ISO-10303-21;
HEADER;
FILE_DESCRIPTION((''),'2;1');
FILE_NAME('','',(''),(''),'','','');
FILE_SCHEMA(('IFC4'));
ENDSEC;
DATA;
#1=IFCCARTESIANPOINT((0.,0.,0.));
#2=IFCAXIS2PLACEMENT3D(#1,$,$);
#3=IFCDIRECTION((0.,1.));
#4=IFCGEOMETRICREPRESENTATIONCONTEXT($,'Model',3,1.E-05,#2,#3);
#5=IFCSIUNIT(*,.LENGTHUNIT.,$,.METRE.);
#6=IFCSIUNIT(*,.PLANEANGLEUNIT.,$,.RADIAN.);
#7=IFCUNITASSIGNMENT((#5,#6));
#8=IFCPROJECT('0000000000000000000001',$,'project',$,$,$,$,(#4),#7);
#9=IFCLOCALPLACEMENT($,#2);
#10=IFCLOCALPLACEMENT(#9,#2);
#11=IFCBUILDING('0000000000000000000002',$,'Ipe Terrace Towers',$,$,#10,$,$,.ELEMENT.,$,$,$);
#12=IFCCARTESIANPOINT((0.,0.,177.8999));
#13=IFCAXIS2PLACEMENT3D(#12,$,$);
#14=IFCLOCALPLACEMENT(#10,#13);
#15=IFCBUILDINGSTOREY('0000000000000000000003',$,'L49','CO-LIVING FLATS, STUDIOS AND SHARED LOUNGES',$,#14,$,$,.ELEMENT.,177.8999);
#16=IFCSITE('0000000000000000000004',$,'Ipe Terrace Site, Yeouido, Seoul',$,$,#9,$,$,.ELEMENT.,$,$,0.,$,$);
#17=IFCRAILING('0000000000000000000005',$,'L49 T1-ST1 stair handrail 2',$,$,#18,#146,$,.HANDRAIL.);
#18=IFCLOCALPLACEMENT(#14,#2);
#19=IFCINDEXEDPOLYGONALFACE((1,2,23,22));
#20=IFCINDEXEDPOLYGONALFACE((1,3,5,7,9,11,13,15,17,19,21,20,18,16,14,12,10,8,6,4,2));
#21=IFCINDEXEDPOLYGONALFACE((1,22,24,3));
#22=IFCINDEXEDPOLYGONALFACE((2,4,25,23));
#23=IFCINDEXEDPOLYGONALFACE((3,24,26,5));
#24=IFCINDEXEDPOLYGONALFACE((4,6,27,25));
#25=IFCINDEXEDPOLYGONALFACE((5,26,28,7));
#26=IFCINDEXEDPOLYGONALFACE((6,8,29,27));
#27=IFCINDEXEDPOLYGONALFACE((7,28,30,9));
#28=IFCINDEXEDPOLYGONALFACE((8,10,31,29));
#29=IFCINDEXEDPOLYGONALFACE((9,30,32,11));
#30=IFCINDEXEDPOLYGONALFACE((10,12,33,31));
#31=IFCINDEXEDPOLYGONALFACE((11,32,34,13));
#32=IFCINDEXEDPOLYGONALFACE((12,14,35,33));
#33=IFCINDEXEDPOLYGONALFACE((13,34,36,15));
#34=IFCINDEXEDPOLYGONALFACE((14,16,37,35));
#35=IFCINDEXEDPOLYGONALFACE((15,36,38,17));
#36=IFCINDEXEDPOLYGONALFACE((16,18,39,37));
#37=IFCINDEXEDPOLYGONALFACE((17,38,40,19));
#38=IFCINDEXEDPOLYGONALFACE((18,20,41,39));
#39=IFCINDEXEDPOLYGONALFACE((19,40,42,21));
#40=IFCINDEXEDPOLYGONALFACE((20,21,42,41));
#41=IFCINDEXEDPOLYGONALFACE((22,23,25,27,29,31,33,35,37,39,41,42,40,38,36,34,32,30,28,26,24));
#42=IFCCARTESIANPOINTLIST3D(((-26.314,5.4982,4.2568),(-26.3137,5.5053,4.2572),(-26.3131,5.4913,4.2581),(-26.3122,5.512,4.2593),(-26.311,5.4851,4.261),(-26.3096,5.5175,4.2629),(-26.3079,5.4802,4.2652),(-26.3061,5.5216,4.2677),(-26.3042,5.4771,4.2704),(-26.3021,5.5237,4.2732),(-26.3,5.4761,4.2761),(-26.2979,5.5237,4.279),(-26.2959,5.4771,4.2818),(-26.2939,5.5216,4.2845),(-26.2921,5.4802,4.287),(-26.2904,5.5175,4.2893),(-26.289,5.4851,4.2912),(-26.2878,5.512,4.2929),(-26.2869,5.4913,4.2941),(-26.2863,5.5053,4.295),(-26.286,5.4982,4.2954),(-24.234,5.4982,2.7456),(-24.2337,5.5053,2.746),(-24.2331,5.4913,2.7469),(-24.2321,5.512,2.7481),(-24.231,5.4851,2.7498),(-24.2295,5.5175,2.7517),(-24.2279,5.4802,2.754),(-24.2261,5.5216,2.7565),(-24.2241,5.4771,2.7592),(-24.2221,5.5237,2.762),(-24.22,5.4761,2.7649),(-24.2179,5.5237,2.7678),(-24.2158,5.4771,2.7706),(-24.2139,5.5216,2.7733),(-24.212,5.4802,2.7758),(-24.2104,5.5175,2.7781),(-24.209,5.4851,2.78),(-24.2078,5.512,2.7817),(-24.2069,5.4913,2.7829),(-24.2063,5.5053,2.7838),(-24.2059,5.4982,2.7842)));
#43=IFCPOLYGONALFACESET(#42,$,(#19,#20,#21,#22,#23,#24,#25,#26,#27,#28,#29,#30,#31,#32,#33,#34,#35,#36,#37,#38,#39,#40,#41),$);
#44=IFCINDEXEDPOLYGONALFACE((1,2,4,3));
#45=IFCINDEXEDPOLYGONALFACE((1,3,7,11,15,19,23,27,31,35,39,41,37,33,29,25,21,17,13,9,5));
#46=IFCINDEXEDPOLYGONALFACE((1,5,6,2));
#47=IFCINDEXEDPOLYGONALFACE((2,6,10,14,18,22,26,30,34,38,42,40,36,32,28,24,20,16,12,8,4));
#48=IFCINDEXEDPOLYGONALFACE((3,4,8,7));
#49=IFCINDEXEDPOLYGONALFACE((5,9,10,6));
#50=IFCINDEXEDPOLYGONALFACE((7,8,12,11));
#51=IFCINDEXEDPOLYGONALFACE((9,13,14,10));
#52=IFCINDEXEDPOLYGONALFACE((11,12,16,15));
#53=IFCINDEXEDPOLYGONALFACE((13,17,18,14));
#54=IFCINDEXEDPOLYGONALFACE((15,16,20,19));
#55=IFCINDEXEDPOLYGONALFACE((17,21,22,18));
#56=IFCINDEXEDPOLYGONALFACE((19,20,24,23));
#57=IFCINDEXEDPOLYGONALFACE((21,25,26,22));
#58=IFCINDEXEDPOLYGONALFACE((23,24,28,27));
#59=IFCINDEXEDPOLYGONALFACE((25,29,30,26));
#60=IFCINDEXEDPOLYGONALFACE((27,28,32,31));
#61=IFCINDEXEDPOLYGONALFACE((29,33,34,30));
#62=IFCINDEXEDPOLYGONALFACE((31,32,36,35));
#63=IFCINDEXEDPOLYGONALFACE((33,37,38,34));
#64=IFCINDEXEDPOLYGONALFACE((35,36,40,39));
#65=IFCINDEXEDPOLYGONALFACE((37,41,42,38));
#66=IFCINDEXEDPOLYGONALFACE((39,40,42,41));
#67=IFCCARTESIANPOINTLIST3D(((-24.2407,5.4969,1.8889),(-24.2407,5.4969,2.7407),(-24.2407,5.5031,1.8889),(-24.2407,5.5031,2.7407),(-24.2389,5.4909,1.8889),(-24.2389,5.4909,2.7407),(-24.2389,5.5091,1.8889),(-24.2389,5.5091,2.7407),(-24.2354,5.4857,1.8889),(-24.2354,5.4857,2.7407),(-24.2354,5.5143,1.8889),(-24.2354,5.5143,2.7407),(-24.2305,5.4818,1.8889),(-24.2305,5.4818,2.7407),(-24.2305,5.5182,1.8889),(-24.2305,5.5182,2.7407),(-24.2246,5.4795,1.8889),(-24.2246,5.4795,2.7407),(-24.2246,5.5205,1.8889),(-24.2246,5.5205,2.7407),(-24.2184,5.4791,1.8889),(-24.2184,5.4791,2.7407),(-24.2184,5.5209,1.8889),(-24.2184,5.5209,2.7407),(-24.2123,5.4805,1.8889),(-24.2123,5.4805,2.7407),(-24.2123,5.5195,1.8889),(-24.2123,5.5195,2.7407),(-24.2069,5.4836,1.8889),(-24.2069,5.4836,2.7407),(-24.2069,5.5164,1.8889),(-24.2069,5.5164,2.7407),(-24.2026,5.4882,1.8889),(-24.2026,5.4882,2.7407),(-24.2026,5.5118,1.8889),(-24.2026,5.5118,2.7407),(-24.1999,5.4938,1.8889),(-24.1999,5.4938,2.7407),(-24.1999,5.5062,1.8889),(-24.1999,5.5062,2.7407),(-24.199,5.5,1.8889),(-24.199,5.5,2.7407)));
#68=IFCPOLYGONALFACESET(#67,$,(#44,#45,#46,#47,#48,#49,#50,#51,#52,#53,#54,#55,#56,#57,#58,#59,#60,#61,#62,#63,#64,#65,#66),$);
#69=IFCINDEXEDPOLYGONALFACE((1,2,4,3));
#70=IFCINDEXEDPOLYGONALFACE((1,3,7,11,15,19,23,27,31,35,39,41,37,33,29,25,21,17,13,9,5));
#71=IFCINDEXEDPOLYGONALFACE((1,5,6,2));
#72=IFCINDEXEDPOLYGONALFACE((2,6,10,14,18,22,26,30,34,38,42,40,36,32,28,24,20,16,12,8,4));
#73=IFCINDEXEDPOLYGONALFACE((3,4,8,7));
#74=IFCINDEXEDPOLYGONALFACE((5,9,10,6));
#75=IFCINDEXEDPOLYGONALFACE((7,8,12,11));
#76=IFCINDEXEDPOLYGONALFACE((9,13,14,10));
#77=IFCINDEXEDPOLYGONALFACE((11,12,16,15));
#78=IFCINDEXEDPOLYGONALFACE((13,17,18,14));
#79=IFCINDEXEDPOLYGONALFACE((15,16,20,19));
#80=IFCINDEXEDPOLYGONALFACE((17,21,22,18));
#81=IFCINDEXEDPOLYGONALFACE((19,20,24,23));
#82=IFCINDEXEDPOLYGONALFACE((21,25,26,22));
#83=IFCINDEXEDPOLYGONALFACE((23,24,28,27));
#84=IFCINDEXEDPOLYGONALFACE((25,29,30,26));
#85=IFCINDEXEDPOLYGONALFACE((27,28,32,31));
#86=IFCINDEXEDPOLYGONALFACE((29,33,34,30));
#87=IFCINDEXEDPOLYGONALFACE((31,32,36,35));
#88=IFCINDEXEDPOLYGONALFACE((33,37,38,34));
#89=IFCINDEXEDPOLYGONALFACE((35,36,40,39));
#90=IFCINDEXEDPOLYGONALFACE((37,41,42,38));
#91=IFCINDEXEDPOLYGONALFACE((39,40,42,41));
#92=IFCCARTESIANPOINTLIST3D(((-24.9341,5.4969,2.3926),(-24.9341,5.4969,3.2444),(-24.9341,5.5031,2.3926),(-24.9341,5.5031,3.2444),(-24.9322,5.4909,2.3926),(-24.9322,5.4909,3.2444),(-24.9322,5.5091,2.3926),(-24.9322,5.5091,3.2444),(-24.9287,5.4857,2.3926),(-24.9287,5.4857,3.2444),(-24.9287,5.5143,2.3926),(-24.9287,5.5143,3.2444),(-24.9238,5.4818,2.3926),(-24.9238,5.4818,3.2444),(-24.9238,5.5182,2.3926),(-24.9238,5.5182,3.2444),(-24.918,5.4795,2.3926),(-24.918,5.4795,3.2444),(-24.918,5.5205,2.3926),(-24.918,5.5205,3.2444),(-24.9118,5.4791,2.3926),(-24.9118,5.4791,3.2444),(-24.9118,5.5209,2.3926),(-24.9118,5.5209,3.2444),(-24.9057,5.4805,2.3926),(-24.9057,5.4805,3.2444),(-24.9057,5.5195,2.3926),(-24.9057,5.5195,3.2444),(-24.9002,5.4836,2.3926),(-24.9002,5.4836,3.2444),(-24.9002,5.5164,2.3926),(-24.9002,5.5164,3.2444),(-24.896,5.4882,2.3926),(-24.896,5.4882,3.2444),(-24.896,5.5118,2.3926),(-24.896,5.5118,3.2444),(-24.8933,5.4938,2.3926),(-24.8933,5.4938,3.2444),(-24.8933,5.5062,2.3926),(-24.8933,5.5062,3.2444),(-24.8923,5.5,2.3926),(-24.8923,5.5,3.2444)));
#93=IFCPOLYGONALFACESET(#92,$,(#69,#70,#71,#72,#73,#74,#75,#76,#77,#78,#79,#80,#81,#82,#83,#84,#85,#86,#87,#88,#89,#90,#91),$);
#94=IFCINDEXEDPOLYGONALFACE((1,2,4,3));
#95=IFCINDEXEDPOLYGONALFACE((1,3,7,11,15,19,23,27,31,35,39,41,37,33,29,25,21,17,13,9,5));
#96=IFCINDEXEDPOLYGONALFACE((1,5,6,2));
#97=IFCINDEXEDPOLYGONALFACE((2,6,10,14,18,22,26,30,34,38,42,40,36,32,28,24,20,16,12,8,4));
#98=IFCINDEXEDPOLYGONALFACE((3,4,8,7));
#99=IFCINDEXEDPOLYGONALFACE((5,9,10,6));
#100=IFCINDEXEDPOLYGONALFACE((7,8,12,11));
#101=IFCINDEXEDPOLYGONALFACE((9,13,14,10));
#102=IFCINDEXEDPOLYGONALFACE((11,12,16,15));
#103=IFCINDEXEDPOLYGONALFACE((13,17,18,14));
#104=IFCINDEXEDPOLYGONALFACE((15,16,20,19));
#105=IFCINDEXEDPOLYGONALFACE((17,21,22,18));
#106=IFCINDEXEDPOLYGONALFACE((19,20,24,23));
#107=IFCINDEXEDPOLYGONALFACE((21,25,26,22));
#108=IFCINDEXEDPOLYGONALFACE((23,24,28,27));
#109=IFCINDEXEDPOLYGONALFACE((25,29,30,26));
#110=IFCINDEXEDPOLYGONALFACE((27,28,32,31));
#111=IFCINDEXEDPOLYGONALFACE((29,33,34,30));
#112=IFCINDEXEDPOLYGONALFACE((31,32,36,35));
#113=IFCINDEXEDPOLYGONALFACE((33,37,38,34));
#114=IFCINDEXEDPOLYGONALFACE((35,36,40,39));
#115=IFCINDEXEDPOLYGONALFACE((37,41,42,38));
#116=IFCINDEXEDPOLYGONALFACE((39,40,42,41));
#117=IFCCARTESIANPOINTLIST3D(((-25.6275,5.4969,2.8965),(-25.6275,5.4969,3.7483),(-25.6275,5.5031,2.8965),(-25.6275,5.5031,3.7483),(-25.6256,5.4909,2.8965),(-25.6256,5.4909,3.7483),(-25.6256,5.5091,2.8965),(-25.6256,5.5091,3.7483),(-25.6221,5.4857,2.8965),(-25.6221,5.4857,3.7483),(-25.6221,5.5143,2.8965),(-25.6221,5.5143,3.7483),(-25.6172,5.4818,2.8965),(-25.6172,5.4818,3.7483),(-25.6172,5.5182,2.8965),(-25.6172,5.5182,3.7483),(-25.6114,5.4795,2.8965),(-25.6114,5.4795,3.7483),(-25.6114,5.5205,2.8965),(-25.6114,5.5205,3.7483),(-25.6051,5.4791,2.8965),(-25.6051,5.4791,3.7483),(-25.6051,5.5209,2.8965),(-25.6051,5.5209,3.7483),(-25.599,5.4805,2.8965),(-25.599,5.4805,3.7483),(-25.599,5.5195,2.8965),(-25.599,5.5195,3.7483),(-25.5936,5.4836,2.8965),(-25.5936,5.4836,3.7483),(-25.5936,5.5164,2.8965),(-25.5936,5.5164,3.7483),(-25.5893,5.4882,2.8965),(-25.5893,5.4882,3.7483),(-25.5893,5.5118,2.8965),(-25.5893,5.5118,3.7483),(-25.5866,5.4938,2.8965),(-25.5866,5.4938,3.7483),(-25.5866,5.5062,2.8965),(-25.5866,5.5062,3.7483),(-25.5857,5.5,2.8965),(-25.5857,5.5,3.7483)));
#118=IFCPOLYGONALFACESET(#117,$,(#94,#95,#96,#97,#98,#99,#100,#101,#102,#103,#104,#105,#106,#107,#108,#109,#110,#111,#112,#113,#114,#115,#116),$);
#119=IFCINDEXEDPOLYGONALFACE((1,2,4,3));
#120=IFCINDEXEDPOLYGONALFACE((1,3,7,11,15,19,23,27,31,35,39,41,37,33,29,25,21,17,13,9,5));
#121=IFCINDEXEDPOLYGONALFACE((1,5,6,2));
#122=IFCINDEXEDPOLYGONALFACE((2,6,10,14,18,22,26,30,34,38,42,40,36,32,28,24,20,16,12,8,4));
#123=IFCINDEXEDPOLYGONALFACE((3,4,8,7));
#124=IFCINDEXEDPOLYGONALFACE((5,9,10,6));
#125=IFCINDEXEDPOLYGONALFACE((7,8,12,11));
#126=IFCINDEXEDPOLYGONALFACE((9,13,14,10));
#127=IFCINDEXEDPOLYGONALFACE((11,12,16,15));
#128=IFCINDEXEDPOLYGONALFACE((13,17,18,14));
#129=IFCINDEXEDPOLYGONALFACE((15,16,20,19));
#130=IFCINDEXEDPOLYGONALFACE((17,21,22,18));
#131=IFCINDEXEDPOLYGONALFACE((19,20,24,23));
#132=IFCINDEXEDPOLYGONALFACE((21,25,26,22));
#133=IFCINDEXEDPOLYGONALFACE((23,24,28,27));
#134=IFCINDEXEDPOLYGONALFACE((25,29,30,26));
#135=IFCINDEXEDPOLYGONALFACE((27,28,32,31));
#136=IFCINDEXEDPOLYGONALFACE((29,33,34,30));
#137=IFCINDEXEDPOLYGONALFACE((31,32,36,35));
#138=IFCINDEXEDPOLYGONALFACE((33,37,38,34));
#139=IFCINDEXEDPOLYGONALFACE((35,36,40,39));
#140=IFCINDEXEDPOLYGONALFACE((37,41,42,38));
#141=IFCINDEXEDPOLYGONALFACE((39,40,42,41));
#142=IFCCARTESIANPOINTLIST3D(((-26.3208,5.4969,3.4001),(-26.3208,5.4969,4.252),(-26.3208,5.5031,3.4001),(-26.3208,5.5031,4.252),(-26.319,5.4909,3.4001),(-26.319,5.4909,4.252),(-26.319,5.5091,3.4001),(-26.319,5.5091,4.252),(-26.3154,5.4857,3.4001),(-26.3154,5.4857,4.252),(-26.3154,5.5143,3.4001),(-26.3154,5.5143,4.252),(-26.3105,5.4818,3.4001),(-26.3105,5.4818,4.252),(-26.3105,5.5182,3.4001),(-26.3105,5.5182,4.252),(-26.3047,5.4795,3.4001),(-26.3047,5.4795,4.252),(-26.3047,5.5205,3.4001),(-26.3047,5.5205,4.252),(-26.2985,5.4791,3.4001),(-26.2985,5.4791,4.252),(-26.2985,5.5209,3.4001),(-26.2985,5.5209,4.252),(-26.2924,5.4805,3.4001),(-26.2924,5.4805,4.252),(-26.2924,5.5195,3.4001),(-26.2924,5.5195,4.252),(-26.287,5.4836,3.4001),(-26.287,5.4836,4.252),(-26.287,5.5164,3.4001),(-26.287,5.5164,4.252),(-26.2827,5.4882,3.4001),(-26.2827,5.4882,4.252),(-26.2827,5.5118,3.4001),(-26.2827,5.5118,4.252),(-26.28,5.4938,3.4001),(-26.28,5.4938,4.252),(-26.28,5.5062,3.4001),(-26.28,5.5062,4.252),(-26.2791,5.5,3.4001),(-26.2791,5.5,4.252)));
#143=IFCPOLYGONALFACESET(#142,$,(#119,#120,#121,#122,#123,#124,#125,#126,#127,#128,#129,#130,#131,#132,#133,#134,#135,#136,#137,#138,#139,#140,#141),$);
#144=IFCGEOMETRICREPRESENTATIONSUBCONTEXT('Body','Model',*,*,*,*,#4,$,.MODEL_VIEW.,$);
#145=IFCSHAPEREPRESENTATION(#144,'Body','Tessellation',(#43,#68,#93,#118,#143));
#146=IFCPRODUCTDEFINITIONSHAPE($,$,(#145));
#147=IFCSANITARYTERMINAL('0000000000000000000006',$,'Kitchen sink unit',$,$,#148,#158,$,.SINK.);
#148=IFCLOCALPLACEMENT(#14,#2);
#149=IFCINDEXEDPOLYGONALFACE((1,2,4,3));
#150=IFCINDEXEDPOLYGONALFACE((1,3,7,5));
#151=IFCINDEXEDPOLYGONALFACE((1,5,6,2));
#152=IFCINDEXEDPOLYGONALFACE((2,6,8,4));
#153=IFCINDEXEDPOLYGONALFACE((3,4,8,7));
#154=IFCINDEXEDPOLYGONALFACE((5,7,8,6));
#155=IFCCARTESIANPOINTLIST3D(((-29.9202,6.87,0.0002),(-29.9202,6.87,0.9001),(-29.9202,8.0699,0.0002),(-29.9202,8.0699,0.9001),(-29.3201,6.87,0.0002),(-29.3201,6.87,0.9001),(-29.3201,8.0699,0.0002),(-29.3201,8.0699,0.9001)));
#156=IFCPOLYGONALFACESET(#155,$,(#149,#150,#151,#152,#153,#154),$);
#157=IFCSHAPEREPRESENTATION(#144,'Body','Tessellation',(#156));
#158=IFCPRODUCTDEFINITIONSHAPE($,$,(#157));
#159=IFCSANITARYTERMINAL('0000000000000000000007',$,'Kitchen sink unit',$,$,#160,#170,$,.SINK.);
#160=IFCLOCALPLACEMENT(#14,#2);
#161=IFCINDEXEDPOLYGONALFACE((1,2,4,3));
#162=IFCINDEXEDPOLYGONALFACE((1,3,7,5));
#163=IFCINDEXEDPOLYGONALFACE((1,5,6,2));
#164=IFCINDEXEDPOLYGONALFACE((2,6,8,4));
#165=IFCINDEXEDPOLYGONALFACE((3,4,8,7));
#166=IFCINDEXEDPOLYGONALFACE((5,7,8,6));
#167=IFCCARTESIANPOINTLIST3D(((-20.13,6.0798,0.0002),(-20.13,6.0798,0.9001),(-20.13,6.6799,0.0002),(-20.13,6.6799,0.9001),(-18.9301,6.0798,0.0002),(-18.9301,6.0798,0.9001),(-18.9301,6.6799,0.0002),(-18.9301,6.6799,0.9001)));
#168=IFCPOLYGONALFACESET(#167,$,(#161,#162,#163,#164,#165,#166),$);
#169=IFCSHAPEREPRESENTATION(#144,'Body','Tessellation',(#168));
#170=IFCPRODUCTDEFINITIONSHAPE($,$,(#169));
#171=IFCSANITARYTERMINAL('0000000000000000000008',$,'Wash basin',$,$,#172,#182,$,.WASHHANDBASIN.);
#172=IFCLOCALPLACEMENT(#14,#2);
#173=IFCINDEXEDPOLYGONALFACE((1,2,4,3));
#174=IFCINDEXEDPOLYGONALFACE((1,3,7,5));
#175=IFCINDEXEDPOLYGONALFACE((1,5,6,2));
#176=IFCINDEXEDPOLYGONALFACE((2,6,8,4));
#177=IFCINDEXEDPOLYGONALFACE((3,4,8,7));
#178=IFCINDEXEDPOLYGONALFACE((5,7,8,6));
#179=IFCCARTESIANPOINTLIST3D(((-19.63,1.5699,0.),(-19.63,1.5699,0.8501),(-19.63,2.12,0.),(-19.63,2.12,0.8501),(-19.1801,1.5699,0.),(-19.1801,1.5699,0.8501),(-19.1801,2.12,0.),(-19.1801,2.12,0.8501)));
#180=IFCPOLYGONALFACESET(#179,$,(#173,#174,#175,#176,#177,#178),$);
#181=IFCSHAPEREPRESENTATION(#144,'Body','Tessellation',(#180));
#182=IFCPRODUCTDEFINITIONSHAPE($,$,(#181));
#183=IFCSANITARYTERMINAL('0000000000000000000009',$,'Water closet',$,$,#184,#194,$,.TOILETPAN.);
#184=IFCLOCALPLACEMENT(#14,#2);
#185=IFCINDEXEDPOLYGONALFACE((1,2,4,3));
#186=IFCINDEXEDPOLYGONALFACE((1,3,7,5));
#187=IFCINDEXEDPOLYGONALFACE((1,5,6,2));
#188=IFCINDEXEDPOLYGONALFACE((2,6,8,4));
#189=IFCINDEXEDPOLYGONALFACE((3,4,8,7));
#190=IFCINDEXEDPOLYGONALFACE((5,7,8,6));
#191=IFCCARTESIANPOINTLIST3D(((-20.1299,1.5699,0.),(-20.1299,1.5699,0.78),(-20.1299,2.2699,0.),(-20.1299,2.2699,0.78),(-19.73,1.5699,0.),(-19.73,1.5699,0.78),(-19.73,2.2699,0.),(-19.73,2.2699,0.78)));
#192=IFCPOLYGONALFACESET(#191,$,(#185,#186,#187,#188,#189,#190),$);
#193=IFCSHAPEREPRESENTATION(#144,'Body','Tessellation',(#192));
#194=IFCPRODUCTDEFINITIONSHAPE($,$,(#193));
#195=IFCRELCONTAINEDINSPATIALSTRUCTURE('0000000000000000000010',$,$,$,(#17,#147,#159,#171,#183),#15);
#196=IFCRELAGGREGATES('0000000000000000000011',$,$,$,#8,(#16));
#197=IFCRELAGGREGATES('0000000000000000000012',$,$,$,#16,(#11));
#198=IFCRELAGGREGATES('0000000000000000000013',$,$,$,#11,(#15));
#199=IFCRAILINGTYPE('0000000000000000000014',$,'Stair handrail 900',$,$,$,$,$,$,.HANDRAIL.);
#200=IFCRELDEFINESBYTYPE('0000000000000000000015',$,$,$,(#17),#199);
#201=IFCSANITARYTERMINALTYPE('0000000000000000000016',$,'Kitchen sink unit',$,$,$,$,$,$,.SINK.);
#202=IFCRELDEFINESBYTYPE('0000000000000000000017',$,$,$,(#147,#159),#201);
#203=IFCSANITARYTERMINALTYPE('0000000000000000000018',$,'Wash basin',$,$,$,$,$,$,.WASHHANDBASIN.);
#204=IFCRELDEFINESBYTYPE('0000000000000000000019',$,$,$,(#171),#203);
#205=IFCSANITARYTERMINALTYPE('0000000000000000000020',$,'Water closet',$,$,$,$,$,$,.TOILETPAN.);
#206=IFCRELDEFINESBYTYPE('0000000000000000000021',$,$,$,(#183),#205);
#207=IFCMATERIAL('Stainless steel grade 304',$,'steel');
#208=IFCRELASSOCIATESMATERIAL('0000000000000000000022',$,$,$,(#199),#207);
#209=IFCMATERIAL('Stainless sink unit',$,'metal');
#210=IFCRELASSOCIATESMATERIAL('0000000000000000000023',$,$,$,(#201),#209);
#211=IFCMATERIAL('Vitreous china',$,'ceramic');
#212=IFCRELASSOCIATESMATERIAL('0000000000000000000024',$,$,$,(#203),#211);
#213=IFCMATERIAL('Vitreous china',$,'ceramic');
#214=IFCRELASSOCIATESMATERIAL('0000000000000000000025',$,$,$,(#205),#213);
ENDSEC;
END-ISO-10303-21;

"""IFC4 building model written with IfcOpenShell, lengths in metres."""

from ifc_helpers import new_model, si_unit, direction, frame, origin, origin_2d, place, context, subcontext, project, spatial, rectangle, circle, extrude, material, type_object, element, save


model = new_model("IFC4")

# Units and contexts
model_context = context("Model", 3, precision=1e-05, world=origin(), true_north=direction((0.0, 1.0)))
body_context = subcontext(model_context, "Body", "Model", "MODEL_VIEW")
ifc_project = project(units=[si_unit("LENGTHUNIT", "METRE"), si_unit("PLANEANGLEUNIT", "RADIAN")], contexts=[model_context])

# Site, building, storey
site_placement = place(None, origin())
site = spatial("IfcSite", under=ifc_project, at=site_placement, Name="Ipe Terrace Site, Yeouido, Seoul", CompositionType="ELEMENT", RefElevation=0.0)
building_placement = place(site_placement, origin())
building = spatial("IfcBuilding", under=site, at=building_placement, Name="Ipe Terrace Towers", CompositionType="ELEMENT")
storey_placement = place(building_placement, frame((0.0, 0.0, 177.8999)))
storey = spatial("IfcBuildingStorey", under=building, at=storey_placement, Name="L49", Description="CO-LIVING FLATS, STUDIOS AND SHARED LOUNGES", CompositionType="ELEMENT", Elevation=177.8999)

# Railing
ifc_material_1 = material(Name="Stainless steel grade 304", Category="steel")
railing_type_1 = type_object("IfcRailingType", Name="Stair handrail 900", PredefinedType="HANDRAIL", material=ifc_material_1)
railing_1_placement = place(storey_placement, frame((-24.22, 5.5, 1.8889)))
element("IfcRailing", 1, at=railing_1_placement, inside=storey, type_object=railing_type_1, Name="L49 T1-ST1 stair handrail 2", PredefinedType="HANDRAIL", context=body_context, shape_type="SweptSolid", body=[
    extrude(circle(Radius=0.0239, at=origin_2d()), frame((0.0, 0.0, 0.876), z_axis=(-0.809023, 0.0, 0.587776), x_axis=(0.0, -1.0, 0.0)), (0.0, 0.0, 1.0), 2.571),
    extrude(circle(Radius=0.021, at=origin_2d()), origin(), (0.0, 0.0, 1.0), 0.8518),
    extrude(circle(Radius=0.021, at=origin_2d()), frame((-0.6934, 0.0, 0.5037)), (0.0, 0.0, 1.0), 0.8518),
    extrude(circle(Radius=0.021, at=origin_2d()), frame((-1.3867, 0.0, 1.0076)), (0.0, 0.0, 1.0), 0.8518),
    extrude(circle(Radius=0.021, at=origin_2d()), frame((-2.0801, 0.0, 1.5112)), (0.0, 0.0, 1.0), 0.8518),
])

# Sanitary terminals
ifc_material_2 = material(Name="Stainless sink unit", Category="metal")
sanitary_terminal_type_1 = type_object("IfcSanitaryTerminalType", Name="Kitchen sink unit", PredefinedType="SINK", material=ifc_material_2)
for number, where, z_axis, x_axis, name in (
    (2, (-29.6201, 7.47, 0.0002), (0.0, 0.0, 1.0), (0.0, -1.0, 0.0), "Kitchen sink unit"),
    (3, (-19.53, 6.3799, 0.0002), (0.0, 0.0, 1.0), (1.0, 0.0, 0.0), "Kitchen sink unit"),
):
    element("IfcSanitaryTerminal", number, at=place(storey_placement, frame(where, z_axis=z_axis, x_axis=x_axis)), inside=storey, type_object=sanitary_terminal_type_1, Name=name, PredefinedType="SINK", context=body_context, shape_type="SweptSolid", body=[
        extrude(rectangle(XDim=1.2, YDim=0.6001, at=origin_2d()), origin(), (0.0, 0.0, 1.0), 0.8999),
    ])
ifc_material_3 = material(Name="Vitreous china", Category="ceramic")
sanitary_terminal_type_2 = type_object("IfcSanitaryTerminalType", Name="Wash basin", PredefinedType="WASHHANDBASIN", material=ifc_material_3)
sanitary_terminal_1_placement = place(storey_placement, frame((-19.405, 1.845, 0.0), z_axis=(0.0, 0.0, 1.0), x_axis=(0.0, 1.0, 0.0)))
element("IfcSanitaryTerminal", 4, at=sanitary_terminal_1_placement, inside=storey, type_object=sanitary_terminal_type_2, Name="Wash basin", PredefinedType="WASHHANDBASIN", context=body_context, shape_type="SweptSolid", body=[
    extrude(rectangle(XDim=0.55, YDim=0.45, at=origin_2d()), origin(), (0.0, 0.0, 1.0), 0.8501),
])
ifc_material_4 = material(Name="Vitreous china", Category="ceramic")
sanitary_terminal_type_3 = type_object("IfcSanitaryTerminalType", Name="Water closet", PredefinedType="TOILETPAN", material=ifc_material_4)
sanitary_terminal_2_placement = place(storey_placement, frame((-19.9299, 1.9199, 0.0), z_axis=(0.0, 0.0, 1.0), x_axis=(0.0, 1.0, 0.0)))
element("IfcSanitaryTerminal", 5, at=sanitary_terminal_2_placement, inside=storey, type_object=sanitary_terminal_type_3, Name="Water closet", PredefinedType="TOILETPAN", context=body_context, shape_type="SweptSolid", body=[
    extrude(rectangle(XDim=0.7, YDim=0.3999, at=origin_2d()), origin(), (0.0, 0.0, 1.0), 0.78),
])

save(model, "model.ifc")
